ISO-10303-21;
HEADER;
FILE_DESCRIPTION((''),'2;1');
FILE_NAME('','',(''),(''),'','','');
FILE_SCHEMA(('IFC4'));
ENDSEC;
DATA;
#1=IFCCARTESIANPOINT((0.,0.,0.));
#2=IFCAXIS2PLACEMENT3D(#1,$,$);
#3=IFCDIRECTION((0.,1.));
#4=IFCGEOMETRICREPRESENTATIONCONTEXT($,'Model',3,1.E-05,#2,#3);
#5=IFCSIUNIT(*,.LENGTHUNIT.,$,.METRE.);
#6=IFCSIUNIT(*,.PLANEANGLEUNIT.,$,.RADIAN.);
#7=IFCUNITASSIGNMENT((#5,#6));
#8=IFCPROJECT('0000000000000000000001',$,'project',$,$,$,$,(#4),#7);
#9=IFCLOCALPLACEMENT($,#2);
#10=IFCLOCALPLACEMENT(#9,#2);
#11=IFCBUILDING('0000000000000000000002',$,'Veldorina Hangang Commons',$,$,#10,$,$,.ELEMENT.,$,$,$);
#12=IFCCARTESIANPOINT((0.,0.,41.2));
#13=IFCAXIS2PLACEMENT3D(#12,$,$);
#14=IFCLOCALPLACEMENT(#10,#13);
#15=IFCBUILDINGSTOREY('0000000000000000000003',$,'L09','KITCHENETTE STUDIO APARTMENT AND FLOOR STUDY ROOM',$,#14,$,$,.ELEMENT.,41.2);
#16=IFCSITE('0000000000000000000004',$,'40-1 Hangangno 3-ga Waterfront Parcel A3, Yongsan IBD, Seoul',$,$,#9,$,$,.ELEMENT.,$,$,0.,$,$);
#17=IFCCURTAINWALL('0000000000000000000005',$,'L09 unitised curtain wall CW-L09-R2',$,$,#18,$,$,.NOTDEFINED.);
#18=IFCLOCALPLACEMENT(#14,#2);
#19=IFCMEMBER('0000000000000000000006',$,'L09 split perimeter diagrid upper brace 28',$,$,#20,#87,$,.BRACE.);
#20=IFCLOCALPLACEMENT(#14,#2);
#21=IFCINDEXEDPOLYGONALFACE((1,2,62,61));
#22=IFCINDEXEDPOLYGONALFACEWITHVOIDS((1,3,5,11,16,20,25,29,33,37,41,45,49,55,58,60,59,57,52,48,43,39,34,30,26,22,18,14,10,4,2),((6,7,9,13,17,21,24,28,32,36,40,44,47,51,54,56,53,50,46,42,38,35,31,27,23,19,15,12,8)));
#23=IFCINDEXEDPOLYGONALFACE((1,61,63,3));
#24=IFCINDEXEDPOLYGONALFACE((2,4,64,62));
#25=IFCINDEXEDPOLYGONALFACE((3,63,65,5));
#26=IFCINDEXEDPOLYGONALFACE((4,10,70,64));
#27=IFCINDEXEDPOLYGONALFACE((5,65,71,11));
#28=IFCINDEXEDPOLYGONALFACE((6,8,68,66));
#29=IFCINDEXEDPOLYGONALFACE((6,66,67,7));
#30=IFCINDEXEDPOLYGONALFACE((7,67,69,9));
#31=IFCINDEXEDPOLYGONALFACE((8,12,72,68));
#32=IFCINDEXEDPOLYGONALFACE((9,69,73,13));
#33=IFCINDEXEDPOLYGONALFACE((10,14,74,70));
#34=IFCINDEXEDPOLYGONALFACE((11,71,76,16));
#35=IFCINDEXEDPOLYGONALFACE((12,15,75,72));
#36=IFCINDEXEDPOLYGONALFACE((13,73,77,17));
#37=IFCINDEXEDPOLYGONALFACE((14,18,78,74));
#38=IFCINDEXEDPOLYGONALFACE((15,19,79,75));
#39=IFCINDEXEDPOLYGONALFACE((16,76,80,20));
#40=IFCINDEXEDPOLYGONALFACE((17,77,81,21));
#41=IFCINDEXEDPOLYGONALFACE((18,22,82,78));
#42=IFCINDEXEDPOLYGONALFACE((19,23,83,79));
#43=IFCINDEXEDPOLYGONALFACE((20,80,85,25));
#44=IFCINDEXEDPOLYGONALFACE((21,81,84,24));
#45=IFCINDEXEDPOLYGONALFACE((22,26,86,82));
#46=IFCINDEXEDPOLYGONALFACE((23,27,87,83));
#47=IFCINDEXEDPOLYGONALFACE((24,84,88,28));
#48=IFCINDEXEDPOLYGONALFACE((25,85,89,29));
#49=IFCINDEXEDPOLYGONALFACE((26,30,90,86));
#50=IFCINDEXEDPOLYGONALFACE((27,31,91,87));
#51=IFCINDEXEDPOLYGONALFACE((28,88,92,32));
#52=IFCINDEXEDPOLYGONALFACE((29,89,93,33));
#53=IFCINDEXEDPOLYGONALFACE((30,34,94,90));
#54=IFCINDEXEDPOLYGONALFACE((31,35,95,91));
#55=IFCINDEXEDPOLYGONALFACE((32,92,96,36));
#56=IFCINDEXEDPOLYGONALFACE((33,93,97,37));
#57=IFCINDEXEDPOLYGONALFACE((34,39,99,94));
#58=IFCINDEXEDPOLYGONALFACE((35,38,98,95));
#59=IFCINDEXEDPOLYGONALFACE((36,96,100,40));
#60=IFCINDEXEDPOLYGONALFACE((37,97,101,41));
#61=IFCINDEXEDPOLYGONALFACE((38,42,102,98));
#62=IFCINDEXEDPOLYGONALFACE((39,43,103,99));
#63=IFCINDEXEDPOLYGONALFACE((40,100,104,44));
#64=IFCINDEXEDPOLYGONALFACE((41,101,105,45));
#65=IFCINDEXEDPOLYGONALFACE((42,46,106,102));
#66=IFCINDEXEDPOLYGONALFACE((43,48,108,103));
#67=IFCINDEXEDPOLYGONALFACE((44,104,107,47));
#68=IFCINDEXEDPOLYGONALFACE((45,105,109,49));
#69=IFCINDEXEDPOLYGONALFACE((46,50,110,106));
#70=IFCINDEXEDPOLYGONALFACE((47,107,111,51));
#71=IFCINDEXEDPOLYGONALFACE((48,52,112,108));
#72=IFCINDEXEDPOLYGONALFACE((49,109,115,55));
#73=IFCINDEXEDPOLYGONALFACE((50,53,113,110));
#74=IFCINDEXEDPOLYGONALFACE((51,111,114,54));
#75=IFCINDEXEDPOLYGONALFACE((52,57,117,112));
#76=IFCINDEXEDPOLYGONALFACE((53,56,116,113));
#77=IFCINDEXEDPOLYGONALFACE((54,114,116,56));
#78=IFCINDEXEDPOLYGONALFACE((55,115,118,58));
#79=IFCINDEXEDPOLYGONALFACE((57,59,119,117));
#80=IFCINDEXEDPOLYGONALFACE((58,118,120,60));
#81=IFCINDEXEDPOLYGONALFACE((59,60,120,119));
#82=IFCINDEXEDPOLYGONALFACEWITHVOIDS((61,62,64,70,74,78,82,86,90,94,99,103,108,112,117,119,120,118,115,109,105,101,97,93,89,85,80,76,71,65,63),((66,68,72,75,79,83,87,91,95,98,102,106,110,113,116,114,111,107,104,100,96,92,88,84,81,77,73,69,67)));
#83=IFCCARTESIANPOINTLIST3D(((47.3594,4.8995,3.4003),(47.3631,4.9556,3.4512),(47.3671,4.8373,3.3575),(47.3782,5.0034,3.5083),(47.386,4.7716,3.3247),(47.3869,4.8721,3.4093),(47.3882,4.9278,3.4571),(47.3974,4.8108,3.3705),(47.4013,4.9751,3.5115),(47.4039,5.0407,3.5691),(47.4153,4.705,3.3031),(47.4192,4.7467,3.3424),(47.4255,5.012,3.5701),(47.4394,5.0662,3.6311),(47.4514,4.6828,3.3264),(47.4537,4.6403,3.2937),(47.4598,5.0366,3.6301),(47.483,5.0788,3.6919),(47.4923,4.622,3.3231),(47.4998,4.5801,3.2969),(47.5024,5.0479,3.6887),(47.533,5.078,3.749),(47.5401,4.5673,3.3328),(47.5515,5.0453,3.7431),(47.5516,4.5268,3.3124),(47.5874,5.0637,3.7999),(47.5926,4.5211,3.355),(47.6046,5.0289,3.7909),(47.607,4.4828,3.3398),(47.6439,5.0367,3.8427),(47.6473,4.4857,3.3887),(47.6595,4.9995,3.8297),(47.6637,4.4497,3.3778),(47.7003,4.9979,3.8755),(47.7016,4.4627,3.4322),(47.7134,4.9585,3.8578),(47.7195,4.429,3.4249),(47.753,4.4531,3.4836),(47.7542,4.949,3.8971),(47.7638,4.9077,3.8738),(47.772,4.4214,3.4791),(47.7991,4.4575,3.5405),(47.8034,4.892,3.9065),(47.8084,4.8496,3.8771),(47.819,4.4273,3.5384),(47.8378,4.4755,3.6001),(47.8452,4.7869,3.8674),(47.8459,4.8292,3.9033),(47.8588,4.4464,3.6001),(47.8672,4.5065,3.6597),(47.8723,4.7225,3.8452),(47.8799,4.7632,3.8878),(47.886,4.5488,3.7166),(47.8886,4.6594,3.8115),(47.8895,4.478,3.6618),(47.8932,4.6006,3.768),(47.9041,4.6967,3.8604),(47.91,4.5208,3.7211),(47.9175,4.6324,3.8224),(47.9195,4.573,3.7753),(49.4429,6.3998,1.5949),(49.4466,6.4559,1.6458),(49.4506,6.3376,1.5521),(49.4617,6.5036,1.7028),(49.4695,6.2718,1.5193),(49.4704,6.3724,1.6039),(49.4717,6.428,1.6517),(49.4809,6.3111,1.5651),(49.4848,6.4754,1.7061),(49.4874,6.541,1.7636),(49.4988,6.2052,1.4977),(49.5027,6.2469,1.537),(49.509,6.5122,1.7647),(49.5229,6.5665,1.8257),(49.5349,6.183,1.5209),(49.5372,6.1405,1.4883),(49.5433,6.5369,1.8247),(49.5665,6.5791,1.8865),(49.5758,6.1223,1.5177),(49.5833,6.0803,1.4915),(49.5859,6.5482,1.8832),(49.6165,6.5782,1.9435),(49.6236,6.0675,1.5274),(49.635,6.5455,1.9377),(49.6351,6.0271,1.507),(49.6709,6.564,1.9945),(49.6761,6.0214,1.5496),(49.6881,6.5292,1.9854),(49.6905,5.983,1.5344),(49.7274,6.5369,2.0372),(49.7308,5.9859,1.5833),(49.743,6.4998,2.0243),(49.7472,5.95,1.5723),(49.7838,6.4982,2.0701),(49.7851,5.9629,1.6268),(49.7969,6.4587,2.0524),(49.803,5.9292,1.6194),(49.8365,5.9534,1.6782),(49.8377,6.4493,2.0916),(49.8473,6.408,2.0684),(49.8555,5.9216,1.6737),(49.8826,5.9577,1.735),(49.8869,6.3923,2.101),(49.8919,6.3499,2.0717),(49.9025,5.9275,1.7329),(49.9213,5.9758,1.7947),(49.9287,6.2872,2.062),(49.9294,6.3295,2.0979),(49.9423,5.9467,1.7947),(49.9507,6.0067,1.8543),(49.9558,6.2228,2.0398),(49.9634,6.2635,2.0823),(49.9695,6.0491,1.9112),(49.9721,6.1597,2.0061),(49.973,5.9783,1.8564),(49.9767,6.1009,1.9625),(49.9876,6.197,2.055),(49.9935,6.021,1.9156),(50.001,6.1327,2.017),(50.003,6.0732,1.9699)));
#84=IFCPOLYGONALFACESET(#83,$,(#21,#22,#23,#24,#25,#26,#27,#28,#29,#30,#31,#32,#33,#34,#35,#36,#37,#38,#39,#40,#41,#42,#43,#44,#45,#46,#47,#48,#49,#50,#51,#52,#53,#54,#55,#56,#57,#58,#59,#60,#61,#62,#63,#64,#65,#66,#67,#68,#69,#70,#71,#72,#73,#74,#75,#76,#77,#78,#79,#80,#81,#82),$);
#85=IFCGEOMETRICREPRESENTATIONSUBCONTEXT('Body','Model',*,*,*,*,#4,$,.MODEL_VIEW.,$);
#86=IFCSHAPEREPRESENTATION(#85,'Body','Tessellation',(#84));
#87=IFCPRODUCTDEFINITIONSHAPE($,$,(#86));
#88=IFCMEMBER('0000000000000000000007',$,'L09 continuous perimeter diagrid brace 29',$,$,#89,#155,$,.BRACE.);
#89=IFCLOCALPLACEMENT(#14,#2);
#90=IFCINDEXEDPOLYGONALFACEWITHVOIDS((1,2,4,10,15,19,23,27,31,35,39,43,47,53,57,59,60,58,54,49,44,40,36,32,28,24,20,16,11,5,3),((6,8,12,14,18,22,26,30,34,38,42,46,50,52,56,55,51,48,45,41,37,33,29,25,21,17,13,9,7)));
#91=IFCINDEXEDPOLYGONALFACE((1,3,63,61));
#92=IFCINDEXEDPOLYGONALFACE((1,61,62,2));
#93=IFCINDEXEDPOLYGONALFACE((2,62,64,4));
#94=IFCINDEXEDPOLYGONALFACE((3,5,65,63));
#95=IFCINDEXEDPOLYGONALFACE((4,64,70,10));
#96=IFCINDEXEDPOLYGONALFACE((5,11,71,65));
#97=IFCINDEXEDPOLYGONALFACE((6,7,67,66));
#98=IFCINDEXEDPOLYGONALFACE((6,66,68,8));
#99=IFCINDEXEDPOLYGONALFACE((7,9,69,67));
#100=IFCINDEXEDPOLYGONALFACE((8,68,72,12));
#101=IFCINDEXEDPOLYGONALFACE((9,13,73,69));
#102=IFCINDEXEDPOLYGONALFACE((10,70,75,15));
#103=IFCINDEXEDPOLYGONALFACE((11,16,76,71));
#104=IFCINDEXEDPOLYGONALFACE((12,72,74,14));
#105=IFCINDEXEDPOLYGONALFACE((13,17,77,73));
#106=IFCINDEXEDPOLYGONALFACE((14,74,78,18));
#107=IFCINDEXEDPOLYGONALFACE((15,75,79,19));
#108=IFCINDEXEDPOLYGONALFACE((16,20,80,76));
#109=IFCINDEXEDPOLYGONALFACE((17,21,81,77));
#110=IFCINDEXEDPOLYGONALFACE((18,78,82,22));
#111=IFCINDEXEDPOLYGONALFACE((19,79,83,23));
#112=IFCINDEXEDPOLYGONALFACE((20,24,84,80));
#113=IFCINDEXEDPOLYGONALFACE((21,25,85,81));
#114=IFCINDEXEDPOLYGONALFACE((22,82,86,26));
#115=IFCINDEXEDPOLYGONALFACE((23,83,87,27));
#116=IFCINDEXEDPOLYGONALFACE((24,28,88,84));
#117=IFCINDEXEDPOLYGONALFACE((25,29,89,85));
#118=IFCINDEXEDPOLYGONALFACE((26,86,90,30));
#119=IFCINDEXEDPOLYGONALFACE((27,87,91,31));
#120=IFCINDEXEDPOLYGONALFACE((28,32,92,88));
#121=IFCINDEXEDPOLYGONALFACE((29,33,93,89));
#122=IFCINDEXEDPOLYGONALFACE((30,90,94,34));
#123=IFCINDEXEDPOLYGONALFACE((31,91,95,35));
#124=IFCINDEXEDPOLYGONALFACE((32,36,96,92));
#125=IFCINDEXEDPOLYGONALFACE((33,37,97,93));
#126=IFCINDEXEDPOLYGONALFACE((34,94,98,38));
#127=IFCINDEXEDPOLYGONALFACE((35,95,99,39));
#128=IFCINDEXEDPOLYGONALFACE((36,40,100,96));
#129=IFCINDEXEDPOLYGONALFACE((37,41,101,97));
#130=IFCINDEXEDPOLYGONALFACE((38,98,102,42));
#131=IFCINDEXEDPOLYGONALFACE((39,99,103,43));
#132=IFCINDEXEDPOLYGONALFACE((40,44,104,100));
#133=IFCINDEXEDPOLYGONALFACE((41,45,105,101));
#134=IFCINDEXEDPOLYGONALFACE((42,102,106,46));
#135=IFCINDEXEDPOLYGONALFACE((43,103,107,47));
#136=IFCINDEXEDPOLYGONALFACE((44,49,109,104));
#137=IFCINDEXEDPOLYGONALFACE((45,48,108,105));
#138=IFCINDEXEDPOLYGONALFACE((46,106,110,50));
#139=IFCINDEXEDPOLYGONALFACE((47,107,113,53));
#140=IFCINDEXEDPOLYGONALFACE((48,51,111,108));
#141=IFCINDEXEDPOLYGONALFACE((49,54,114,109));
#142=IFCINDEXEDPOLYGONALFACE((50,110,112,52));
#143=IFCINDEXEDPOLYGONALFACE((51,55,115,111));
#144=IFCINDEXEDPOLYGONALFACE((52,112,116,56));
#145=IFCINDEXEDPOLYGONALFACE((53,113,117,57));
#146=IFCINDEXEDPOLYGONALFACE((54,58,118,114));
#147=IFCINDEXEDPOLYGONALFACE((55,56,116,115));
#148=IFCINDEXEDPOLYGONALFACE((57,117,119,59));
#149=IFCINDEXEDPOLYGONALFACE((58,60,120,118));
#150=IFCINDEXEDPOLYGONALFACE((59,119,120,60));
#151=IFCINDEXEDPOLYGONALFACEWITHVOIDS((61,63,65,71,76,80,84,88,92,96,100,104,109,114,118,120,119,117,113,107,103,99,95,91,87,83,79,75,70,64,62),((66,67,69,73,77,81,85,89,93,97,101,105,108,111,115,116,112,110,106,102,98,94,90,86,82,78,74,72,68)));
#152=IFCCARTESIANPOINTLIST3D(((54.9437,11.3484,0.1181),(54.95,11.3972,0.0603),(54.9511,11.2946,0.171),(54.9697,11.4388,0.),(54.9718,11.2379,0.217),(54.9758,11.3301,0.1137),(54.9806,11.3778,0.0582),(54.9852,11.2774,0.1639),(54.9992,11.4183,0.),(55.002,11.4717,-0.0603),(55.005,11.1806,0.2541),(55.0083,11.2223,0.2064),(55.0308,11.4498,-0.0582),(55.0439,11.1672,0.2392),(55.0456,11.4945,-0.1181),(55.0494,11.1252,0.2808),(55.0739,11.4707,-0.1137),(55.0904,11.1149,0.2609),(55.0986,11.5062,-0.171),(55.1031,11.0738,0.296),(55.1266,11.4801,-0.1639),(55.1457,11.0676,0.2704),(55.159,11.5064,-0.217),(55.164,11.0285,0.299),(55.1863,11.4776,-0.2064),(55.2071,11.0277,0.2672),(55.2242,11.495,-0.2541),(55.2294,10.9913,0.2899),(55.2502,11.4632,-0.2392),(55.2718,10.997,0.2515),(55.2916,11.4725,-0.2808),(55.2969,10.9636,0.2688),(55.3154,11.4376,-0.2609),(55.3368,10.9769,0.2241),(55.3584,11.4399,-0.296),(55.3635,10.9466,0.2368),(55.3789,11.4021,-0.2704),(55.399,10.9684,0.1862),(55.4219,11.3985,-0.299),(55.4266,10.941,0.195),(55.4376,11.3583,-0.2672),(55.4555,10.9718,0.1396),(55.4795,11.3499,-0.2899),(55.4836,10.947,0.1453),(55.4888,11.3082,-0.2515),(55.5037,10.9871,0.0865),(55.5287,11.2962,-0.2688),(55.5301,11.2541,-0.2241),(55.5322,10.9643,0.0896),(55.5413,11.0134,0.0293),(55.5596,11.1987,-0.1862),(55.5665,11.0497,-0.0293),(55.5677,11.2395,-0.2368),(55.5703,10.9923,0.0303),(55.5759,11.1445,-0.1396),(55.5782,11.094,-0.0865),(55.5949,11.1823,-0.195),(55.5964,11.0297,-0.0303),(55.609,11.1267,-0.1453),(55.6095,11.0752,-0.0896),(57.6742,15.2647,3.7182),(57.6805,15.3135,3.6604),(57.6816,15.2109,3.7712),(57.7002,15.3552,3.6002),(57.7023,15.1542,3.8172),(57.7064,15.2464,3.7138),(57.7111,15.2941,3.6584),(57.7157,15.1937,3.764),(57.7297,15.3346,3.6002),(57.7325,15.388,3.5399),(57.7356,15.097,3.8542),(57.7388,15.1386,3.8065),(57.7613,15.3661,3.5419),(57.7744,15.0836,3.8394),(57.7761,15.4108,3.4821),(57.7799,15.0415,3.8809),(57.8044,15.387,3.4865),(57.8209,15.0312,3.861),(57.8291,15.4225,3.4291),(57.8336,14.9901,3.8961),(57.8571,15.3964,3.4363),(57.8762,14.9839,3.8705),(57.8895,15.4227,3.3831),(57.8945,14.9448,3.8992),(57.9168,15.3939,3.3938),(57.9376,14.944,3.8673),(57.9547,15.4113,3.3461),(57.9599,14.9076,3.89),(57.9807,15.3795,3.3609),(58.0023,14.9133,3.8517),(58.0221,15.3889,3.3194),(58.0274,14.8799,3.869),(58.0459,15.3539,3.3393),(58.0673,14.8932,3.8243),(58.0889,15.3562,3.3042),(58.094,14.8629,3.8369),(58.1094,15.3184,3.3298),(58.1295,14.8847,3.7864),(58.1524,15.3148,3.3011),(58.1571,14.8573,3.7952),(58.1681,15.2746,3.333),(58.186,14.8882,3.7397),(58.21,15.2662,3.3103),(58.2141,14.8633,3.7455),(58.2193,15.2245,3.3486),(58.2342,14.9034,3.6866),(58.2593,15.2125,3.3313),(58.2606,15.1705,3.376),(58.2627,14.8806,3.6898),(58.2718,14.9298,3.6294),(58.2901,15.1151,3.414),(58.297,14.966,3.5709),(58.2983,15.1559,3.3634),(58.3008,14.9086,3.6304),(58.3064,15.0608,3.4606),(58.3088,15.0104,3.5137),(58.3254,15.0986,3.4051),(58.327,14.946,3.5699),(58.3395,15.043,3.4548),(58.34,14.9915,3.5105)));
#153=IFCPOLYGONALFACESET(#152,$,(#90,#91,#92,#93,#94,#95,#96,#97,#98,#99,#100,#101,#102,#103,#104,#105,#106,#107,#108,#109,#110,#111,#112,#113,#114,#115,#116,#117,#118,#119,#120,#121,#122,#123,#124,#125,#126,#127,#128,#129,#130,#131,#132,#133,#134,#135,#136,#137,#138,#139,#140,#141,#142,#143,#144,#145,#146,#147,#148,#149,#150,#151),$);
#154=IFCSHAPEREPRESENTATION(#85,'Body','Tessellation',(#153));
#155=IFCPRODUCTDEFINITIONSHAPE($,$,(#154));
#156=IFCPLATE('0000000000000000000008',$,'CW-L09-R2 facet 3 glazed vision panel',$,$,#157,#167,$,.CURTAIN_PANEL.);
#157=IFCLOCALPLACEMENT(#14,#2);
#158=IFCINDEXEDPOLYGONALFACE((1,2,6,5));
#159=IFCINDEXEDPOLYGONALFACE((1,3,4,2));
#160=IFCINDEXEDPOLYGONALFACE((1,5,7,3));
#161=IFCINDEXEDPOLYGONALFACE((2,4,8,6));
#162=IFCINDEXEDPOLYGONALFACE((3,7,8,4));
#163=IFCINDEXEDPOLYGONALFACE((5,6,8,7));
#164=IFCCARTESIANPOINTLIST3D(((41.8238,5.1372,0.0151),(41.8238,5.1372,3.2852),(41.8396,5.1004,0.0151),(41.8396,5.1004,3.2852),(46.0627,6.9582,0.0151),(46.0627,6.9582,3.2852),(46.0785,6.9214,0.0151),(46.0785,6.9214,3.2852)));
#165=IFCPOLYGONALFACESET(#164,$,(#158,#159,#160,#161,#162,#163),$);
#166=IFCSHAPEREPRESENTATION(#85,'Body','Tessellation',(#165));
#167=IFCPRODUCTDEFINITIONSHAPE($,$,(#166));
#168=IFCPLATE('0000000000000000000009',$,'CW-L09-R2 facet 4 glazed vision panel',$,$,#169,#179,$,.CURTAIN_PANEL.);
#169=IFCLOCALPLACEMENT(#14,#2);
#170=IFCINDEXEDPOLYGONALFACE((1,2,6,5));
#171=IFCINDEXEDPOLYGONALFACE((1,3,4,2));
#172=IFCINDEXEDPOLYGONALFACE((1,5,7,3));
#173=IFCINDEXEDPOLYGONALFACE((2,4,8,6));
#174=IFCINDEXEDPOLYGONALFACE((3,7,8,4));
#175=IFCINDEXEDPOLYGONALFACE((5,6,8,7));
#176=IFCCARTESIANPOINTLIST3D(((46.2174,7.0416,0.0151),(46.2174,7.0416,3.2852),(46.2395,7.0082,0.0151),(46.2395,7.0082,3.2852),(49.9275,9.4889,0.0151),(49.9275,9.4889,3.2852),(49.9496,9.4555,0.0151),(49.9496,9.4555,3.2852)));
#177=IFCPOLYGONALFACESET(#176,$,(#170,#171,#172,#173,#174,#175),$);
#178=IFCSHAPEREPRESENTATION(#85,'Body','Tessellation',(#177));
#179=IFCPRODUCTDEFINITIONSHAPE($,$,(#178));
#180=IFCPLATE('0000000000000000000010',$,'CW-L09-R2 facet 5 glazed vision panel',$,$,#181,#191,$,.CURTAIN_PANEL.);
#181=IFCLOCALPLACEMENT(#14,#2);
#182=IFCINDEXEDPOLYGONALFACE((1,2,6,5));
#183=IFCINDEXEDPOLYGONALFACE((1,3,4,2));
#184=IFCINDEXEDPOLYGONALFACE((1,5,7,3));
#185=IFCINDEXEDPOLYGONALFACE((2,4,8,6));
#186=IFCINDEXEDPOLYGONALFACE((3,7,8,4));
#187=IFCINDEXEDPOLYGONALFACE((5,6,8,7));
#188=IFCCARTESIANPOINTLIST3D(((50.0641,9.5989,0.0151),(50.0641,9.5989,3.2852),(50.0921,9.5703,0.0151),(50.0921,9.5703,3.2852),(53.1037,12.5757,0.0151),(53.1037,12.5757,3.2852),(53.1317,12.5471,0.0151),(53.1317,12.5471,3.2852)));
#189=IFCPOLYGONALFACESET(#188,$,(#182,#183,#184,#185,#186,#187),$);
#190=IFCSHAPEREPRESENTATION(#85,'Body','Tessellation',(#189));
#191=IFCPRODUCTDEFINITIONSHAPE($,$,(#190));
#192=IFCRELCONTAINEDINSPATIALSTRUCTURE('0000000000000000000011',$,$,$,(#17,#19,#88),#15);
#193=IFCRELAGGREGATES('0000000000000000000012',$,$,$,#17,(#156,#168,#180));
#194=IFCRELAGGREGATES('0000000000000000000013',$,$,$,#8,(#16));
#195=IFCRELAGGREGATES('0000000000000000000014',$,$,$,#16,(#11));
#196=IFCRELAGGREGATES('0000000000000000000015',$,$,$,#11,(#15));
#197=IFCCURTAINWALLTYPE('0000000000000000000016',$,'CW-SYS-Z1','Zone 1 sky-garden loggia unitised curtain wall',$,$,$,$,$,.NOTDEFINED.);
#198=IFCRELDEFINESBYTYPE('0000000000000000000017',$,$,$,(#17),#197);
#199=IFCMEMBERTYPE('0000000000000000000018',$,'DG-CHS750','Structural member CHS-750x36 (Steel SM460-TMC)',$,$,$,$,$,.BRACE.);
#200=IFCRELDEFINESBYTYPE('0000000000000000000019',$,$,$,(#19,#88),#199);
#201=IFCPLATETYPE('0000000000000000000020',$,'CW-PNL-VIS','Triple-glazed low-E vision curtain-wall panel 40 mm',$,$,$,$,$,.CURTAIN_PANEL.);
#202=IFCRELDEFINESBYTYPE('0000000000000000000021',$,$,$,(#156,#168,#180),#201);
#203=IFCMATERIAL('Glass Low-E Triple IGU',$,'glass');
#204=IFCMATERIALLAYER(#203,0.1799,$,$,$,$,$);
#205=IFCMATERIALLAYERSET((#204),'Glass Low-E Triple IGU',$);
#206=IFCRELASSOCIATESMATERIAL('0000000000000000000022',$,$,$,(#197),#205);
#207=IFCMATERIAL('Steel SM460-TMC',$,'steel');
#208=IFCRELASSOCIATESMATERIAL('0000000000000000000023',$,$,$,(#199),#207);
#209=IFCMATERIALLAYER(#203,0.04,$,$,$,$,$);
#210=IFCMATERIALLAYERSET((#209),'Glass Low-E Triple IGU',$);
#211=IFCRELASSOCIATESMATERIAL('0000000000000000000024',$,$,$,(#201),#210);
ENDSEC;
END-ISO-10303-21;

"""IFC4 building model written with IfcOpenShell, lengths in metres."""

from ifc_helpers import new_model, si_unit, direction, frame, origin, origin_2d, place, context, subcontext, project, spatial, rectangle, hollow_circle, extrude, material, layer, layer_set, material_profile, profile_set, type_object, element, aggregate, save


model = new_model("IFC4")

# Units and contexts
model_context = context("Model", 3, precision=1e-05, world=origin(), true_north=direction((0.0, 1.0)))
body_context = subcontext(model_context, "Body", "Model", "MODEL_VIEW")
ifc_project = project(units=[si_unit("LENGTHUNIT", "METRE"), si_unit("PLANEANGLEUNIT", "RADIAN")], contexts=[model_context])

# Site, building, storey
site_placement = place(None, origin())
site = spatial("IfcSite", under=ifc_project, at=site_placement, Name="40-1 Hangangno 3-ga Waterfront Parcel A3, Yongsan IBD, Seoul", CompositionType="ELEMENT", RefElevation=0.0)
building_placement = place(site_placement, origin())
building = spatial("IfcBuilding", under=site, at=building_placement, Name="Veldorina Hangang Commons", CompositionType="ELEMENT")
storey_placement = place(building_placement, frame((0.0, 0.0, 41.2)))
storey = spatial("IfcBuildingStorey", under=building, at=storey_placement, Name="L09", Description="KITCHENETTE STUDIO APARTMENT AND FLOOR STUDY ROOM", CompositionType="ELEMENT", Elevation=41.2)

# Shared definitions
ifc_material_1 = material(Name="Steel SM460-TMC", Category="steel")

# Curtain wall
ifc_material_2 = material(Name="Glass Low-E Triple IGU", Category="glass")
ifc_layer_1 = layer(ifc_material_2, 0.1799)
ifc_layer_set_1 = layer_set([ifc_layer_1], Name="Glass Low-E Triple IGU")
curtain_wall_type = type_object("IfcCurtainWallType", Name="CW-SYS-Z1", Description="Zone 1 sky-garden loggia unitised curtain wall", PredefinedType="NOTDEFINED", material=ifc_layer_set_1)
curtain_wall_placement = place(storey_placement, origin())
curtain_wall = element("IfcCurtainWall", 1, at=curtain_wall_placement, inside=storey, type_object=curtain_wall_type, Name="L09 unitised curtain wall CW-L09-R2", PredefinedType="NOTDEFINED")

# Members
ifc_material_profile_1 = material_profile(ifc_material_1, hollow_circle(Radius=0.375, WallThickness=0.0359, at=origin_2d()), Name="CHS-750x36")
ifc_profile_set_1 = profile_set([ifc_material_profile_1], Name="Steel SM460-TMC")
member_type_1 = type_object("IfcMemberType", Name="DG-CHS750", Description="Structural member CHS-750x36 (Steel SM460-TMC)", PredefinedType="BRACE", material=ifc_profile_set_1)
member_1_placement = place(storey_placement, frame((49.7231, 6.251, 1.7947), z_axis=(-0.663816, -0.477988, 0.575219), x_axis=(0.584337, -0.811511, 0.0)))
element("IfcMember", 2, at=member_1_placement, inside=storey, type_object=member_type_1, Name="L09 split perimeter diagrid upper brace 28", PredefinedType="BRACE", context=body_context, shape_type="SweptSolid", body=[
    extrude(hollow_circle(Radius=0.375, WallThickness=0.0359, at=origin_2d()), origin(), (0.0, 0.0, 1.0), 3.1387),
])
member_2_placement = place(storey_placement, frame((55.2773, 11.2244, 0.0), z_axis=(0.456646, 0.654958, 0.602083), x_axis=(-0.820304, 0.571927, 0.0)))
element("IfcMember", 3, at=member_2_placement, inside=storey, type_object=member_type_1, Name="L09 continuous perimeter diagrid brace 29", PredefinedType="BRACE", context=body_context, shape_type="SweptSolid", body=[
    extrude(hollow_circle(Radius=0.375, WallThickness=0.0359, at=origin_2d()), origin(), (0.0, 0.0, 1.0), 5.9795),
])

# Plates
ifc_layer_2 = layer(ifc_material_2, 0.04)
ifc_layer_set_2 = layer_set([ifc_layer_2], Name="Glass Low-E Triple IGU")
plate_type_1 = type_object("IfcPlateType", Name="CW-PNL-VIS", Description="Triple-glazed low-E vision curtain-wall panel 40 mm", PredefinedType="CURTAIN_PANEL", material=ifc_layer_set_2)
plate_1_placement = place(storey_placement, frame((43.9512, 6.0293, 0.0151), z_axis=(0.0, 0.0, 1.0), x_axis=(0.918805, 0.394712, 0.0)))
plate_1 = element("IfcPlate", 4, at=plate_1_placement, type_object=plate_type_1, Name="CW-L09-R2 facet 3 glazed vision panel", PredefinedType="CURTAIN_PANEL", context=body_context, shape_type="SweptSolid", body=[
    extrude(rectangle(XDim=4.6135, YDim=0.04, at=origin_2d()), origin(), (0.0, 0.0, 1.0), 3.27),
])
plate_2_placement = place(storey_placement, frame((48.0835, 8.2485, 0.0151), z_axis=(0.0, 0.0, 1.0), x_axis=(0.834752, 0.550626, 0.0)))
plate_2 = element("IfcPlate", 5, at=plate_2_placement, type_object=plate_type_1, Name="CW-L09-R2 facet 4 glazed vision panel", PredefinedType="CURTAIN_PANEL", context=body_context, shape_type="SweptSolid", body=[
    extrude(rectangle(XDim=4.4446, YDim=0.04, at=origin_2d()), origin(), (0.0, 0.0, 1.0), 3.27),
])
plate_3_placement = place(storey_placement, frame((51.5979, 11.073, 0.0151), z_axis=(0.0, 0.0, 1.0), x_axis=(0.714448, 0.699688, 0.0)))
plate_3 = element("IfcPlate", 6, at=plate_3_placement, type_object=plate_type_1, Name="CW-L09-R2 facet 5 glazed vision panel", PredefinedType="CURTAIN_PANEL", context=body_context, shape_type="SweptSolid", body=[
    extrude(rectangle(XDim=4.2544, YDim=0.04, at=origin_2d()), origin(), (0.0, 0.0, 1.0), 3.27),
])
aggregate(curtain_wall, [plate_1, plate_2, plate_3])

save(model, "model.ifc")
